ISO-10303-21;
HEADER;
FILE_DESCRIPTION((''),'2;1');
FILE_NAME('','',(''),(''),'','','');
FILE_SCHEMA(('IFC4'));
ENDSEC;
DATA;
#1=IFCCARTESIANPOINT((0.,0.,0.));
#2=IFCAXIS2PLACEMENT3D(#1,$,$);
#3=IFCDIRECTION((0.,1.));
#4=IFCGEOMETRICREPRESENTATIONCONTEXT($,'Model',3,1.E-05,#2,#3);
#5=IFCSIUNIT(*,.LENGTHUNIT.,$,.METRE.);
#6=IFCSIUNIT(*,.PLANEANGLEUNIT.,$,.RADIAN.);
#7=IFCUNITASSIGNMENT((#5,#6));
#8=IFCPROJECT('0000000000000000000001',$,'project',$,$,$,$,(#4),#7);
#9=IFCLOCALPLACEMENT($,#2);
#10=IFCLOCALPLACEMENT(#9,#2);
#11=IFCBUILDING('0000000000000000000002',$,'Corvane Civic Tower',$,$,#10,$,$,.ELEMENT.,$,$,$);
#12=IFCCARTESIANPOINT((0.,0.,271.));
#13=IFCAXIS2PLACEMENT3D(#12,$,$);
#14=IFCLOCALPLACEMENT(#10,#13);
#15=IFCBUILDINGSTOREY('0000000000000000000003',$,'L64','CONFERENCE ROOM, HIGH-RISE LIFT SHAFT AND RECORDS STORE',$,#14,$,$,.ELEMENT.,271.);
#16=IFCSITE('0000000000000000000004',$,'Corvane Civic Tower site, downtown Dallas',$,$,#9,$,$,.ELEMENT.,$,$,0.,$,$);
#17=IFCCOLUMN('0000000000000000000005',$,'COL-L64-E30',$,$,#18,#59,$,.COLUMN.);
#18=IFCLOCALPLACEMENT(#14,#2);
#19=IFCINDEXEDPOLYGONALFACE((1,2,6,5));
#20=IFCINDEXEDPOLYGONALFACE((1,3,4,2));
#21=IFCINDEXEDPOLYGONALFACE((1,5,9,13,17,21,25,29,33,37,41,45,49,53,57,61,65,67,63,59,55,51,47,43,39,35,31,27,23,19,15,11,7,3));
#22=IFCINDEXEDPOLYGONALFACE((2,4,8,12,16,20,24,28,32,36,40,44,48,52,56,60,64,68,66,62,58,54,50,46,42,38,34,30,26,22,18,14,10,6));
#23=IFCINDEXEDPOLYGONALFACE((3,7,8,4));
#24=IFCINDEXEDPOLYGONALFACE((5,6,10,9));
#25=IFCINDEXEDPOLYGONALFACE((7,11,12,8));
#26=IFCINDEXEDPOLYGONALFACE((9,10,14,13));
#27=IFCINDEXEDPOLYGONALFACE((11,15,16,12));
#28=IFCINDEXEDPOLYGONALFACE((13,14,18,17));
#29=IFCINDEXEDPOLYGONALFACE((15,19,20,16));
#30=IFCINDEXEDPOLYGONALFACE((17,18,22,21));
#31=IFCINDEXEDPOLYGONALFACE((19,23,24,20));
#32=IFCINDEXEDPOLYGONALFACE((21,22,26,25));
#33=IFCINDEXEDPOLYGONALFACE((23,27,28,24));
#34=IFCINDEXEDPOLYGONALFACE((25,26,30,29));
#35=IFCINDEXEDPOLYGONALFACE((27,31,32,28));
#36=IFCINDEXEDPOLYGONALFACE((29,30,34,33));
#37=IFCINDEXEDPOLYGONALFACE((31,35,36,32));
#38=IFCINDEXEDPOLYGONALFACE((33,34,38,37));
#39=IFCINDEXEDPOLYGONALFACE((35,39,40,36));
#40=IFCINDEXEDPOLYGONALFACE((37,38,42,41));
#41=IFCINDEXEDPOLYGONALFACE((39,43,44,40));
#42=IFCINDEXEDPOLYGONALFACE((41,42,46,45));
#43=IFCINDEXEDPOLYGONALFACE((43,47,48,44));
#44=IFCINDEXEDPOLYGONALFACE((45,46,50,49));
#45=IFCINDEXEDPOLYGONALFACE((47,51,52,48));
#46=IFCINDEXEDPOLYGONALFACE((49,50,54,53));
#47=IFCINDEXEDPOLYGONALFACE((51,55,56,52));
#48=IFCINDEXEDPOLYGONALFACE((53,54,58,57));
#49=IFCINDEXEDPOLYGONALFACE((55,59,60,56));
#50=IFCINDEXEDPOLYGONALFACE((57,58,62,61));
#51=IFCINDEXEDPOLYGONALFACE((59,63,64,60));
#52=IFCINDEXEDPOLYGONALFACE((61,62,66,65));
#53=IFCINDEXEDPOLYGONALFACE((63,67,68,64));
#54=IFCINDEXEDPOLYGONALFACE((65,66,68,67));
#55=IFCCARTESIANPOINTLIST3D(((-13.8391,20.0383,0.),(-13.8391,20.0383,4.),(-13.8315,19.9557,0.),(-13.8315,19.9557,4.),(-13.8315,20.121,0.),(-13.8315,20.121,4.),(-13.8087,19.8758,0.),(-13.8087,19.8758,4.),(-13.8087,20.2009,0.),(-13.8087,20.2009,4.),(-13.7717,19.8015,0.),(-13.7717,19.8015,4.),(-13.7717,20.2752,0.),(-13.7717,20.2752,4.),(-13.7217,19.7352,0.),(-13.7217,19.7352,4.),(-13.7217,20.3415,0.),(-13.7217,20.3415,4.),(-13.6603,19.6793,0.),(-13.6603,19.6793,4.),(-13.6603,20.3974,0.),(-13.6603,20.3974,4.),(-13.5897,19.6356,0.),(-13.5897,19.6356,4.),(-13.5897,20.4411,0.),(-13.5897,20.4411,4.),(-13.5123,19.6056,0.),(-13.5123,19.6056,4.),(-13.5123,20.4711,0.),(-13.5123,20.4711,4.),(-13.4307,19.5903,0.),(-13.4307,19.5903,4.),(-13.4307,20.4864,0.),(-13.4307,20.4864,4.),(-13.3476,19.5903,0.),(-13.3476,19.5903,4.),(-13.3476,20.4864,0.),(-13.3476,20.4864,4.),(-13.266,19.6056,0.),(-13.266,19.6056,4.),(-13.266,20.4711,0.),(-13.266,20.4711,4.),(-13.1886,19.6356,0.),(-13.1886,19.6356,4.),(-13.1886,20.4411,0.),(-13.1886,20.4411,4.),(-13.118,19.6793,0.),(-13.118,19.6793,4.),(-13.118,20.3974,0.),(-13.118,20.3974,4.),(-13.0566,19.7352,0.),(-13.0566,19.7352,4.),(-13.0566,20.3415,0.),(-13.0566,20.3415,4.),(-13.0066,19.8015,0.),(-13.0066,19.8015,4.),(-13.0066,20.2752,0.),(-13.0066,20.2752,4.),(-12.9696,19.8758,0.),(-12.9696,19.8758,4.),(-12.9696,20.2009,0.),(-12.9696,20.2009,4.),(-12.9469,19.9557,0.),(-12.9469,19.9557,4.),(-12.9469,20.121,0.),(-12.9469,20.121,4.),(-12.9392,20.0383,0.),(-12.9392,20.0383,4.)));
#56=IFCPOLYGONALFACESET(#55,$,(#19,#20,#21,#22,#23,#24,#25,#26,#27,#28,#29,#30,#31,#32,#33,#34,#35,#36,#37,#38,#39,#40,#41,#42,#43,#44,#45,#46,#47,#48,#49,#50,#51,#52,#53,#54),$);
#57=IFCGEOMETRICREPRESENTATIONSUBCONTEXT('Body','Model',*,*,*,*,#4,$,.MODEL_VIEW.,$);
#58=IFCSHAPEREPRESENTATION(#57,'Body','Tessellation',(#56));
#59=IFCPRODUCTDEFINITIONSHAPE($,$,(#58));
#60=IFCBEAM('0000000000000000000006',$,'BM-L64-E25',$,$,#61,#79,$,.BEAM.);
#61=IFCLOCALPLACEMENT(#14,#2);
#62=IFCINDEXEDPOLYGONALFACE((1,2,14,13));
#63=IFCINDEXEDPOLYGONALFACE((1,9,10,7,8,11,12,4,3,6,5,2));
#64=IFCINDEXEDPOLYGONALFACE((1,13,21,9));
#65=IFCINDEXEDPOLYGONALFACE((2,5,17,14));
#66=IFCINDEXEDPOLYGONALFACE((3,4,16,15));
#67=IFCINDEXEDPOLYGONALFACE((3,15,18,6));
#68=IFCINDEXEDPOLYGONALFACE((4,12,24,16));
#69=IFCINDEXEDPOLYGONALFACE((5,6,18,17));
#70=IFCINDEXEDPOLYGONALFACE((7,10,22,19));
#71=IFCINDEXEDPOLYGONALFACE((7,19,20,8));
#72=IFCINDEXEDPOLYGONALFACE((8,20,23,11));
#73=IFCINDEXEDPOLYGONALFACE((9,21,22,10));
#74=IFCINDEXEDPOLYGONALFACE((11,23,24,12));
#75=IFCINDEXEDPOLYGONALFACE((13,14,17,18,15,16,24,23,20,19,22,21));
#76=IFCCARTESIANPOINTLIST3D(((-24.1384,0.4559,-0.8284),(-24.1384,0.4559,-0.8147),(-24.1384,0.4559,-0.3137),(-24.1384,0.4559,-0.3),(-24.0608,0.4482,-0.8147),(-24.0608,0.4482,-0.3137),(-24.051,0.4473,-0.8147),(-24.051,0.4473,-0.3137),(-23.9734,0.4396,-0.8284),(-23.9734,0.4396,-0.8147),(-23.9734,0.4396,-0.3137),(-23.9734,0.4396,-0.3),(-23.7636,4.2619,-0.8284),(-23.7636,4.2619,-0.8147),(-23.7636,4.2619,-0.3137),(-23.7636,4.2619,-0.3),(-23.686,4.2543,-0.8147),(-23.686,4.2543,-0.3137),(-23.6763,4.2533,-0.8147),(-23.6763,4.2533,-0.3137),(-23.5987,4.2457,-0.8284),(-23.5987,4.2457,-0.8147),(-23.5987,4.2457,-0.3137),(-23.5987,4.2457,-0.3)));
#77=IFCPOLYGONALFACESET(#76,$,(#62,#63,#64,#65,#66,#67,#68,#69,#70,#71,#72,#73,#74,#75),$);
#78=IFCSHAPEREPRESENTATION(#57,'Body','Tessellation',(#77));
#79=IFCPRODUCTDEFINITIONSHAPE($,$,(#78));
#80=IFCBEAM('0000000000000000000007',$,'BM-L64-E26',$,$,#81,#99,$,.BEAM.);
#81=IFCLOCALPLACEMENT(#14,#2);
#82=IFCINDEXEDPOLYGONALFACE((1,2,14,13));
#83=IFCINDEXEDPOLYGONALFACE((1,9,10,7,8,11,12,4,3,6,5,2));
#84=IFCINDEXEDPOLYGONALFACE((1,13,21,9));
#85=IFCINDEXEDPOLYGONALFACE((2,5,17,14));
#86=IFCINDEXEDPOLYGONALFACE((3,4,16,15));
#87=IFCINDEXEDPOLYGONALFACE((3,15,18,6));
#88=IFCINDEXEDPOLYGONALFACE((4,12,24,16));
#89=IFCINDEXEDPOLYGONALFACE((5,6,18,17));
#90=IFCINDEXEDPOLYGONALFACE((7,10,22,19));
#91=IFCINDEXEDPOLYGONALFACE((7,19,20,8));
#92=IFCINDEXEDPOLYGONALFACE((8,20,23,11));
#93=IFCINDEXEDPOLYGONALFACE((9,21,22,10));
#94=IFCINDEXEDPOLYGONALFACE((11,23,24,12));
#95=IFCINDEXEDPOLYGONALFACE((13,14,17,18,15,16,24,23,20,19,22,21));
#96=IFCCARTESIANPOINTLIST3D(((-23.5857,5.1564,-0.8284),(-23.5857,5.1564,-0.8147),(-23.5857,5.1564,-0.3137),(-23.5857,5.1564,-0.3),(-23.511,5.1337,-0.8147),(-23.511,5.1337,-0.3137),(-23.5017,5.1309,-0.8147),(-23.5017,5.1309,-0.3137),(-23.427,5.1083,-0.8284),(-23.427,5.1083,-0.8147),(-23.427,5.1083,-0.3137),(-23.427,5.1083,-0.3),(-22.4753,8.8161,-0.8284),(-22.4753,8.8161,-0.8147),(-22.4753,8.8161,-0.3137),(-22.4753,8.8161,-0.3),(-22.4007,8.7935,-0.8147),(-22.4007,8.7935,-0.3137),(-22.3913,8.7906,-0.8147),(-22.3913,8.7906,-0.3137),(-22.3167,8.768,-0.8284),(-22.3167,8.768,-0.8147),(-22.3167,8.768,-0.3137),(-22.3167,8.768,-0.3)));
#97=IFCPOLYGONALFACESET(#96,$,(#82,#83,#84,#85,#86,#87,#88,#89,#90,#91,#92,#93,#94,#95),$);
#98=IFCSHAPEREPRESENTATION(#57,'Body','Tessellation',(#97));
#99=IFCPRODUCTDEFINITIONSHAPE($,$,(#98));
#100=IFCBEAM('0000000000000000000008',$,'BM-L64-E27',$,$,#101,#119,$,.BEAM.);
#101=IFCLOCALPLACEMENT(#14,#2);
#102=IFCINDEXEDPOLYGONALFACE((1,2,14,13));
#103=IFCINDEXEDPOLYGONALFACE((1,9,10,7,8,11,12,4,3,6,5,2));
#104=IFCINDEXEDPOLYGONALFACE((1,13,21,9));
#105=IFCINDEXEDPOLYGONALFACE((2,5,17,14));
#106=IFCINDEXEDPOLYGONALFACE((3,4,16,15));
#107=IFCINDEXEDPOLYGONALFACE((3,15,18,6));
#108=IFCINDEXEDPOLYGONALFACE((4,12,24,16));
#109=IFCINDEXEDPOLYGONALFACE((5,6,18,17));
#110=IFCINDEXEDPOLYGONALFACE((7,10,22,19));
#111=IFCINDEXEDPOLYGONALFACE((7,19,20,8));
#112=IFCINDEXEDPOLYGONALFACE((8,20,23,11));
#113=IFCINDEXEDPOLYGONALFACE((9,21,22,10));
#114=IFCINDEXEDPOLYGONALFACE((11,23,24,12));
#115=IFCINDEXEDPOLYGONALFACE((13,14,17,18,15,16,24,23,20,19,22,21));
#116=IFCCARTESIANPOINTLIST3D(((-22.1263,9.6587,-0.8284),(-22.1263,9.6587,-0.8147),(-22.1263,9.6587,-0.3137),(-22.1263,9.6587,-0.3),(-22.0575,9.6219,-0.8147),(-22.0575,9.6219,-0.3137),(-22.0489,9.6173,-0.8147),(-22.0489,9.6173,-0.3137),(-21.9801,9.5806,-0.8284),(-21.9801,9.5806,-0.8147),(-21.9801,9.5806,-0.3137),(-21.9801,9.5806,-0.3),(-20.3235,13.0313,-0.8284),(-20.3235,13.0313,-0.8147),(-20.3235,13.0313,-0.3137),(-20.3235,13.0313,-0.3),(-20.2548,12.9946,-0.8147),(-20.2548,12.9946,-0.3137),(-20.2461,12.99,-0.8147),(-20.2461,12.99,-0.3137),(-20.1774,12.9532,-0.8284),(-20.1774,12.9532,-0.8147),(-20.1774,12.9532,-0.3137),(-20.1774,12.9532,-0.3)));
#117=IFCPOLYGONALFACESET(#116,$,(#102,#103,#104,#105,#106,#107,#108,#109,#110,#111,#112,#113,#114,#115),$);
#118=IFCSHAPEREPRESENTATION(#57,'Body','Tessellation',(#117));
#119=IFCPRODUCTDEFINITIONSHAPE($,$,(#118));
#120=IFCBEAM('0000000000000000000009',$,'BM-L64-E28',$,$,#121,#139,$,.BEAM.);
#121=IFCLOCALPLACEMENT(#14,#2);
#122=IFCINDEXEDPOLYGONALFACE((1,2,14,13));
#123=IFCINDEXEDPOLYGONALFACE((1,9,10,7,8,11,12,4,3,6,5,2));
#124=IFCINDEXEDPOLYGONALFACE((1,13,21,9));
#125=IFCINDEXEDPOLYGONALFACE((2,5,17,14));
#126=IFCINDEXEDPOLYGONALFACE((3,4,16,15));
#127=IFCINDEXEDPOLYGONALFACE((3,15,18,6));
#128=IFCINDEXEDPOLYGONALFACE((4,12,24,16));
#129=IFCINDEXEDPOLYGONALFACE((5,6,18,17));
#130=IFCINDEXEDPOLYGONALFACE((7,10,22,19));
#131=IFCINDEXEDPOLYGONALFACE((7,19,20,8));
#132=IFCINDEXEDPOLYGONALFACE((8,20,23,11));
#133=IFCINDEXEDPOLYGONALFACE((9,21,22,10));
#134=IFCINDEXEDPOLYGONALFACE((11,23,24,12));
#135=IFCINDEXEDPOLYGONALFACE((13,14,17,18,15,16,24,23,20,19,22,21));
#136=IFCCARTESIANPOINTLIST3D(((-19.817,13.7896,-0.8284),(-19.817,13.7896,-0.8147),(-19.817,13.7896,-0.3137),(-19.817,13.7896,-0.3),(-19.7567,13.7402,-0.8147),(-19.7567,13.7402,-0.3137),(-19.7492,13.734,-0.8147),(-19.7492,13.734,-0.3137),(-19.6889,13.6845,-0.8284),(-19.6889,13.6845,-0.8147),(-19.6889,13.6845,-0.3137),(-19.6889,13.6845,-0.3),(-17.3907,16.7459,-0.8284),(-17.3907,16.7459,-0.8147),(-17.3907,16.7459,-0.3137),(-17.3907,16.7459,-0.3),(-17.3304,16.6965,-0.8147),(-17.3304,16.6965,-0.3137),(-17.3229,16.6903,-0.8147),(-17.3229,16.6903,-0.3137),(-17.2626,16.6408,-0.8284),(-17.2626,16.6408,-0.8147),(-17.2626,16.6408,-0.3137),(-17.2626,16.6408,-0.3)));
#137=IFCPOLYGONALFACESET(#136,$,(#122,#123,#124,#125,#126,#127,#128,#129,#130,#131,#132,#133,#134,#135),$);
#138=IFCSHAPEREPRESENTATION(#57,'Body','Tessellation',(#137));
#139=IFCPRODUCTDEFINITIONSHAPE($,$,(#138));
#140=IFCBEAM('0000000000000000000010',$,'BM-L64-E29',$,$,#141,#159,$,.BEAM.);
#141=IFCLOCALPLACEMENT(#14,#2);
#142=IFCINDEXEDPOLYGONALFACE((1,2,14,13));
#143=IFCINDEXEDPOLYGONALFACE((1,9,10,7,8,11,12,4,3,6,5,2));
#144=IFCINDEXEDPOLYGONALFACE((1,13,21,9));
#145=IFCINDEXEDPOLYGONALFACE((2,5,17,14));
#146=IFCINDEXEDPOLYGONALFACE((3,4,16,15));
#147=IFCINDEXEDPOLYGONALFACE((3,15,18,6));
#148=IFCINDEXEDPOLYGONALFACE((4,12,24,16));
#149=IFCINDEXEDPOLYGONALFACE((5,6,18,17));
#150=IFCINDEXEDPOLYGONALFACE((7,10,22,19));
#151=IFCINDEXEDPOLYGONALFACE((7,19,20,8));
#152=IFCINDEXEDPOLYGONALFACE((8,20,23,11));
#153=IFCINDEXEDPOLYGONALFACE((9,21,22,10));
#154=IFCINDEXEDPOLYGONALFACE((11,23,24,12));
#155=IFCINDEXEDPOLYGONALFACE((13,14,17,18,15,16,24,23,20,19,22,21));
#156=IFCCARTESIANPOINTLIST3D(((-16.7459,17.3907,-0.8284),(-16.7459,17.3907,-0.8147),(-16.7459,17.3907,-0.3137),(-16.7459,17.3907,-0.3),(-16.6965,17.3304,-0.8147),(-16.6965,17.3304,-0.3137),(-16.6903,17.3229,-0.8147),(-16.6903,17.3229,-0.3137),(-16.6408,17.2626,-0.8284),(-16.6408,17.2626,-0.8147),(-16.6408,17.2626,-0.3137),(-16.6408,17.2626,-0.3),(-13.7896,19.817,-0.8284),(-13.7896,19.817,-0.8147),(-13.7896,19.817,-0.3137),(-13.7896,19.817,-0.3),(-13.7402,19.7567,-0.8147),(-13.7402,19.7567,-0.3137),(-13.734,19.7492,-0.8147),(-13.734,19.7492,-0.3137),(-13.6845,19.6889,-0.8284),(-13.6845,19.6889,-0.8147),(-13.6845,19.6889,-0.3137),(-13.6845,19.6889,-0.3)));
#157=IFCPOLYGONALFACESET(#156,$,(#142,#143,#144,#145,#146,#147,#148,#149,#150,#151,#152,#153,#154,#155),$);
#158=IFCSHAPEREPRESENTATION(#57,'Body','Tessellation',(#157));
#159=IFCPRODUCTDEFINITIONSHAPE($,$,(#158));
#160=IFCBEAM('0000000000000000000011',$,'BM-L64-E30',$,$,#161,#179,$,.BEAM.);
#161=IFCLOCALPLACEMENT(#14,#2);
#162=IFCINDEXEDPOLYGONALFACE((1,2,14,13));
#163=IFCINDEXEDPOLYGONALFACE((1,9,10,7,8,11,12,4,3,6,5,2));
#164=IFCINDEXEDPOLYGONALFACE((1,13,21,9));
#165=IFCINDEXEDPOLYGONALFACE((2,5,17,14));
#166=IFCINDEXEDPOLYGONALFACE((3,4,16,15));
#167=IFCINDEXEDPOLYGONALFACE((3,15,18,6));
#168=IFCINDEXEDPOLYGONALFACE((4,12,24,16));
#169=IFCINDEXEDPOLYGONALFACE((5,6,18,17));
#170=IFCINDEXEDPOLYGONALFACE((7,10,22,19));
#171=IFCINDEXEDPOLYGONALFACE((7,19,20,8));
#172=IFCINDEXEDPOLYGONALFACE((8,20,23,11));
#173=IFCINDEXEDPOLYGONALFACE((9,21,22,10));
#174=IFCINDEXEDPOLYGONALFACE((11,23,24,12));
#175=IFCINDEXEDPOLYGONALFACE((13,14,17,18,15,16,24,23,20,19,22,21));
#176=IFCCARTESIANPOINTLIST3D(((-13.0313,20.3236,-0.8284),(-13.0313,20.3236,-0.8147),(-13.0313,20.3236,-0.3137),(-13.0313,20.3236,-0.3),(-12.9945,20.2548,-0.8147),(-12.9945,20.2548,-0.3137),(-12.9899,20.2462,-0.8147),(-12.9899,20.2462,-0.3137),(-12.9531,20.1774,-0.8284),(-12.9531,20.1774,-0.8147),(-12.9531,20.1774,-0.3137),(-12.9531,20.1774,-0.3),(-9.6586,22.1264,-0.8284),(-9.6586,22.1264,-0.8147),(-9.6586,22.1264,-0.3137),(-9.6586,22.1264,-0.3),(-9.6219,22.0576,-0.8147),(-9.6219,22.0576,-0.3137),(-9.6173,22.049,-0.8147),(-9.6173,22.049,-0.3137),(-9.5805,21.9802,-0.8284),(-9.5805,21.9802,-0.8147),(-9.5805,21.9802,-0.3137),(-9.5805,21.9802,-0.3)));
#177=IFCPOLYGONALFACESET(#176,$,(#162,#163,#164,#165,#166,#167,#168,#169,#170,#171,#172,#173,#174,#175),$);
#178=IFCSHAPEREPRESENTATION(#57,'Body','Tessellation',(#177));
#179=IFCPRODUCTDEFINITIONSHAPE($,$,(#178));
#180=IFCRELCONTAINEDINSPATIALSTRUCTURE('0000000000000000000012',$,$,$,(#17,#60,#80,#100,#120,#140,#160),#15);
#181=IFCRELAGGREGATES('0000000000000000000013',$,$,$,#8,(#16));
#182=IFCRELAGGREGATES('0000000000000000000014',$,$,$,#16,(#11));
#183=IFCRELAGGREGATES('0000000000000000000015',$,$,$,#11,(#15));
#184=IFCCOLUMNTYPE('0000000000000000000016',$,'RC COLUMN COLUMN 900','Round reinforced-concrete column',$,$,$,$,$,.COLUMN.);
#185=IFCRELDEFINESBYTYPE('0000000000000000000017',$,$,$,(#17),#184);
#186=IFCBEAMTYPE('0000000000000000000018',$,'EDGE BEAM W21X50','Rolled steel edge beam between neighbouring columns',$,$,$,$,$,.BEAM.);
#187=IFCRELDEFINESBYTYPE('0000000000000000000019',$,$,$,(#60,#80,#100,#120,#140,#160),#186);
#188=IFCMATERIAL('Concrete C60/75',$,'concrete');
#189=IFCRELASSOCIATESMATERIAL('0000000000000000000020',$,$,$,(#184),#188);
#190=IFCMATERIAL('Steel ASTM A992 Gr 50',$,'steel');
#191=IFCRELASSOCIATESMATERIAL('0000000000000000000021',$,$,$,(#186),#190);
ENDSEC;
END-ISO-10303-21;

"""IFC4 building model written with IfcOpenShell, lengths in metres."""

from ifc_helpers import new_model, si_unit, direction, frame, origin, origin_2d, place, context, subcontext, project, spatial, circle, i_section, extrude, material, material_profile, profile_set, type_object, element, save


model = new_model("IFC4")

# Units and contexts
model_context = context("Model", 3, precision=1e-05, world=origin(), true_north=direction((0.0, 1.0)))
body_context = subcontext(model_context, "Body", "Model", "MODEL_VIEW")
ifc_project = project(units=[si_unit("LENGTHUNIT", "METRE"), si_unit("PLANEANGLEUNIT", "RADIAN")], contexts=[model_context])

# Site, building, storey
site_placement = place(None, origin())
site = spatial("IfcSite", under=ifc_project, at=site_placement, Name="Corvane Civic Tower site, downtown Dallas", CompositionType="ELEMENT", RefElevation=0.0)
building_placement = place(site_placement, origin())
building = spatial("IfcBuilding", under=site, at=building_placement, Name="Corvane Civic Tower", CompositionType="ELEMENT")
storey_placement = place(building_placement, frame((0.0, 0.0, 271.0)))
storey = spatial("IfcBuildingStorey", under=building, at=storey_placement, Name="L64", Description="CONFERENCE ROOM, HIGH-RISE LIFT SHAFT AND RECORDS STORE", CompositionType="ELEMENT", Elevation=271.0)

# Column
ifc_material_1 = material(Name="Concrete C60/75", Category="concrete")
ifc_material_profile_1 = material_profile(ifc_material_1, circle(Radius=0.45, at=origin_2d()), Name="COLUMN 900")
ifc_profile_set_1 = profile_set([ifc_material_profile_1], Name="Concrete C60/75")
column_type = type_object("IfcColumnType", Name="RC COLUMN COLUMN 900", Description="Round reinforced-concrete column", PredefinedType="COLUMN", material=ifc_profile_set_1)
for number, where, z_axis, x_axis, name in (
    (1, (-13.3892, 20.0383, 0.0), (0.0, 0.0, 1.0), (1.0, 0.0, 0.0), "COL-L64-E30"),
):
    element("IfcColumn", number, at=place(storey_placement, frame(where, z_axis=z_axis, x_axis=x_axis)), inside=storey, type_object=column_type, Name=name, PredefinedType="COLUMN", context=body_context, shape_type="SweptSolid", body=[
        extrude(circle(Radius=0.45, at=origin_2d()), origin(), (0.0, 0.0, 1.0), 4.0),
    ])

# Beams
ifc_material_2 = material(Name="Steel ASTM A992 Gr 50", Category="steel")
ifc_material_profile_2 = material_profile(ifc_material_2, i_section(OverallWidth=0.1658, OverallDepth=0.5283, WebThickness=0.0098, FlangeThickness=0.0137, at=origin_2d()), Name="W21X50")
ifc_profile_set_2 = profile_set([ifc_material_profile_2], Name="Steel ASTM A992 Gr 50")
beam_type_1 = type_object("IfcBeamType", Name="EDGE BEAM W21X50", Description="Rolled steel edge beam between neighbouring columns", PredefinedType="BEAM", material=ifc_profile_set_2)
for number, where, z_axis, x_axis, name in (
    (2, (-24.0559, 0.4478, -0.5642), (0.097987, 0.995188, 0.0), (-0.995188, 0.097987, 0.0), "BM-L64-E25"),
    (3, (-23.5063, 5.1323, -0.5642), (0.290333, 0.956926, 0.0), (-0.956926, 0.290333, 0.0), "BM-L64-E26"),
):
    element("IfcBeam", number, at=place(storey_placement, frame(where, z_axis=z_axis, x_axis=x_axis)), inside=storey, type_object=beam_type_1, Name=name, PredefinedType="BEAM", context=body_context, shape_type="SweptSolid", body=[
        extrude(i_section(OverallWidth=0.1658, OverallDepth=0.5283, WebThickness=0.0098, FlangeThickness=0.0137, at=origin_2d()), origin(), (0.0, 0.0, 1.0), 3.8245),
    ])
beam_1_placement = place(storey_placement, frame((-22.0532, 9.6196, -0.5642), z_axis=(0.47141, 0.881914, 0.0), x_axis=(-0.881914, 0.47141, 0.0)))
element("IfcBeam", 4, at=beam_1_placement, inside=storey, type_object=beam_type_1, Name="BM-L64-E27", PredefinedType="BEAM", context=body_context, shape_type="SweptSolid", body=[
    extrude(i_section(OverallWidth=0.1658, OverallDepth=0.5283, WebThickness=0.0098, FlangeThickness=0.0137, at=origin_2d()), origin(), (0.0, 0.0, 1.0), 3.8242),
])
for number, where, z_axis, x_axis, name in (
    (5, (-19.7529, 13.7371, -0.5642), (0.634409, 0.772998, 0.0), (-0.772998, 0.634409, 0.0), "BM-L64-E28"),
    (6, (-16.6934, 17.3267, -0.5642), (0.772998, 0.634409, 0.0), (-0.634409, 0.772998, 0.0), "BM-L64-E29"),
):
    element("IfcBeam", number, at=place(storey_placement, frame(where, z_axis=z_axis, x_axis=x_axis)), inside=storey, type_object=beam_type_1, Name=name, PredefinedType="BEAM", context=body_context, shape_type="SweptSolid", body=[
        extrude(i_section(OverallWidth=0.1658, OverallDepth=0.5283, WebThickness=0.0098, FlangeThickness=0.0137, at=origin_2d()), origin(), (0.0, 0.0, 1.0), 3.8245),
    ])
beam_2_placement = place(storey_placement, frame((-12.9922, 20.2505, -0.5642), z_axis=(0.881914, 0.47141, 0.0), x_axis=(-0.47141, 0.881914, 0.0)))
element("IfcBeam", 7, at=beam_2_placement, inside=storey, type_object=beam_type_1, Name="BM-L64-E30", PredefinedType="BEAM", context=body_context, shape_type="SweptSolid", body=[
    extrude(i_section(OverallWidth=0.1658, OverallDepth=0.5283, WebThickness=0.0098, FlangeThickness=0.0137, at=origin_2d()), origin(), (0.0, 0.0, 1.0), 3.8242),
])

save(model, "model.ifc")
